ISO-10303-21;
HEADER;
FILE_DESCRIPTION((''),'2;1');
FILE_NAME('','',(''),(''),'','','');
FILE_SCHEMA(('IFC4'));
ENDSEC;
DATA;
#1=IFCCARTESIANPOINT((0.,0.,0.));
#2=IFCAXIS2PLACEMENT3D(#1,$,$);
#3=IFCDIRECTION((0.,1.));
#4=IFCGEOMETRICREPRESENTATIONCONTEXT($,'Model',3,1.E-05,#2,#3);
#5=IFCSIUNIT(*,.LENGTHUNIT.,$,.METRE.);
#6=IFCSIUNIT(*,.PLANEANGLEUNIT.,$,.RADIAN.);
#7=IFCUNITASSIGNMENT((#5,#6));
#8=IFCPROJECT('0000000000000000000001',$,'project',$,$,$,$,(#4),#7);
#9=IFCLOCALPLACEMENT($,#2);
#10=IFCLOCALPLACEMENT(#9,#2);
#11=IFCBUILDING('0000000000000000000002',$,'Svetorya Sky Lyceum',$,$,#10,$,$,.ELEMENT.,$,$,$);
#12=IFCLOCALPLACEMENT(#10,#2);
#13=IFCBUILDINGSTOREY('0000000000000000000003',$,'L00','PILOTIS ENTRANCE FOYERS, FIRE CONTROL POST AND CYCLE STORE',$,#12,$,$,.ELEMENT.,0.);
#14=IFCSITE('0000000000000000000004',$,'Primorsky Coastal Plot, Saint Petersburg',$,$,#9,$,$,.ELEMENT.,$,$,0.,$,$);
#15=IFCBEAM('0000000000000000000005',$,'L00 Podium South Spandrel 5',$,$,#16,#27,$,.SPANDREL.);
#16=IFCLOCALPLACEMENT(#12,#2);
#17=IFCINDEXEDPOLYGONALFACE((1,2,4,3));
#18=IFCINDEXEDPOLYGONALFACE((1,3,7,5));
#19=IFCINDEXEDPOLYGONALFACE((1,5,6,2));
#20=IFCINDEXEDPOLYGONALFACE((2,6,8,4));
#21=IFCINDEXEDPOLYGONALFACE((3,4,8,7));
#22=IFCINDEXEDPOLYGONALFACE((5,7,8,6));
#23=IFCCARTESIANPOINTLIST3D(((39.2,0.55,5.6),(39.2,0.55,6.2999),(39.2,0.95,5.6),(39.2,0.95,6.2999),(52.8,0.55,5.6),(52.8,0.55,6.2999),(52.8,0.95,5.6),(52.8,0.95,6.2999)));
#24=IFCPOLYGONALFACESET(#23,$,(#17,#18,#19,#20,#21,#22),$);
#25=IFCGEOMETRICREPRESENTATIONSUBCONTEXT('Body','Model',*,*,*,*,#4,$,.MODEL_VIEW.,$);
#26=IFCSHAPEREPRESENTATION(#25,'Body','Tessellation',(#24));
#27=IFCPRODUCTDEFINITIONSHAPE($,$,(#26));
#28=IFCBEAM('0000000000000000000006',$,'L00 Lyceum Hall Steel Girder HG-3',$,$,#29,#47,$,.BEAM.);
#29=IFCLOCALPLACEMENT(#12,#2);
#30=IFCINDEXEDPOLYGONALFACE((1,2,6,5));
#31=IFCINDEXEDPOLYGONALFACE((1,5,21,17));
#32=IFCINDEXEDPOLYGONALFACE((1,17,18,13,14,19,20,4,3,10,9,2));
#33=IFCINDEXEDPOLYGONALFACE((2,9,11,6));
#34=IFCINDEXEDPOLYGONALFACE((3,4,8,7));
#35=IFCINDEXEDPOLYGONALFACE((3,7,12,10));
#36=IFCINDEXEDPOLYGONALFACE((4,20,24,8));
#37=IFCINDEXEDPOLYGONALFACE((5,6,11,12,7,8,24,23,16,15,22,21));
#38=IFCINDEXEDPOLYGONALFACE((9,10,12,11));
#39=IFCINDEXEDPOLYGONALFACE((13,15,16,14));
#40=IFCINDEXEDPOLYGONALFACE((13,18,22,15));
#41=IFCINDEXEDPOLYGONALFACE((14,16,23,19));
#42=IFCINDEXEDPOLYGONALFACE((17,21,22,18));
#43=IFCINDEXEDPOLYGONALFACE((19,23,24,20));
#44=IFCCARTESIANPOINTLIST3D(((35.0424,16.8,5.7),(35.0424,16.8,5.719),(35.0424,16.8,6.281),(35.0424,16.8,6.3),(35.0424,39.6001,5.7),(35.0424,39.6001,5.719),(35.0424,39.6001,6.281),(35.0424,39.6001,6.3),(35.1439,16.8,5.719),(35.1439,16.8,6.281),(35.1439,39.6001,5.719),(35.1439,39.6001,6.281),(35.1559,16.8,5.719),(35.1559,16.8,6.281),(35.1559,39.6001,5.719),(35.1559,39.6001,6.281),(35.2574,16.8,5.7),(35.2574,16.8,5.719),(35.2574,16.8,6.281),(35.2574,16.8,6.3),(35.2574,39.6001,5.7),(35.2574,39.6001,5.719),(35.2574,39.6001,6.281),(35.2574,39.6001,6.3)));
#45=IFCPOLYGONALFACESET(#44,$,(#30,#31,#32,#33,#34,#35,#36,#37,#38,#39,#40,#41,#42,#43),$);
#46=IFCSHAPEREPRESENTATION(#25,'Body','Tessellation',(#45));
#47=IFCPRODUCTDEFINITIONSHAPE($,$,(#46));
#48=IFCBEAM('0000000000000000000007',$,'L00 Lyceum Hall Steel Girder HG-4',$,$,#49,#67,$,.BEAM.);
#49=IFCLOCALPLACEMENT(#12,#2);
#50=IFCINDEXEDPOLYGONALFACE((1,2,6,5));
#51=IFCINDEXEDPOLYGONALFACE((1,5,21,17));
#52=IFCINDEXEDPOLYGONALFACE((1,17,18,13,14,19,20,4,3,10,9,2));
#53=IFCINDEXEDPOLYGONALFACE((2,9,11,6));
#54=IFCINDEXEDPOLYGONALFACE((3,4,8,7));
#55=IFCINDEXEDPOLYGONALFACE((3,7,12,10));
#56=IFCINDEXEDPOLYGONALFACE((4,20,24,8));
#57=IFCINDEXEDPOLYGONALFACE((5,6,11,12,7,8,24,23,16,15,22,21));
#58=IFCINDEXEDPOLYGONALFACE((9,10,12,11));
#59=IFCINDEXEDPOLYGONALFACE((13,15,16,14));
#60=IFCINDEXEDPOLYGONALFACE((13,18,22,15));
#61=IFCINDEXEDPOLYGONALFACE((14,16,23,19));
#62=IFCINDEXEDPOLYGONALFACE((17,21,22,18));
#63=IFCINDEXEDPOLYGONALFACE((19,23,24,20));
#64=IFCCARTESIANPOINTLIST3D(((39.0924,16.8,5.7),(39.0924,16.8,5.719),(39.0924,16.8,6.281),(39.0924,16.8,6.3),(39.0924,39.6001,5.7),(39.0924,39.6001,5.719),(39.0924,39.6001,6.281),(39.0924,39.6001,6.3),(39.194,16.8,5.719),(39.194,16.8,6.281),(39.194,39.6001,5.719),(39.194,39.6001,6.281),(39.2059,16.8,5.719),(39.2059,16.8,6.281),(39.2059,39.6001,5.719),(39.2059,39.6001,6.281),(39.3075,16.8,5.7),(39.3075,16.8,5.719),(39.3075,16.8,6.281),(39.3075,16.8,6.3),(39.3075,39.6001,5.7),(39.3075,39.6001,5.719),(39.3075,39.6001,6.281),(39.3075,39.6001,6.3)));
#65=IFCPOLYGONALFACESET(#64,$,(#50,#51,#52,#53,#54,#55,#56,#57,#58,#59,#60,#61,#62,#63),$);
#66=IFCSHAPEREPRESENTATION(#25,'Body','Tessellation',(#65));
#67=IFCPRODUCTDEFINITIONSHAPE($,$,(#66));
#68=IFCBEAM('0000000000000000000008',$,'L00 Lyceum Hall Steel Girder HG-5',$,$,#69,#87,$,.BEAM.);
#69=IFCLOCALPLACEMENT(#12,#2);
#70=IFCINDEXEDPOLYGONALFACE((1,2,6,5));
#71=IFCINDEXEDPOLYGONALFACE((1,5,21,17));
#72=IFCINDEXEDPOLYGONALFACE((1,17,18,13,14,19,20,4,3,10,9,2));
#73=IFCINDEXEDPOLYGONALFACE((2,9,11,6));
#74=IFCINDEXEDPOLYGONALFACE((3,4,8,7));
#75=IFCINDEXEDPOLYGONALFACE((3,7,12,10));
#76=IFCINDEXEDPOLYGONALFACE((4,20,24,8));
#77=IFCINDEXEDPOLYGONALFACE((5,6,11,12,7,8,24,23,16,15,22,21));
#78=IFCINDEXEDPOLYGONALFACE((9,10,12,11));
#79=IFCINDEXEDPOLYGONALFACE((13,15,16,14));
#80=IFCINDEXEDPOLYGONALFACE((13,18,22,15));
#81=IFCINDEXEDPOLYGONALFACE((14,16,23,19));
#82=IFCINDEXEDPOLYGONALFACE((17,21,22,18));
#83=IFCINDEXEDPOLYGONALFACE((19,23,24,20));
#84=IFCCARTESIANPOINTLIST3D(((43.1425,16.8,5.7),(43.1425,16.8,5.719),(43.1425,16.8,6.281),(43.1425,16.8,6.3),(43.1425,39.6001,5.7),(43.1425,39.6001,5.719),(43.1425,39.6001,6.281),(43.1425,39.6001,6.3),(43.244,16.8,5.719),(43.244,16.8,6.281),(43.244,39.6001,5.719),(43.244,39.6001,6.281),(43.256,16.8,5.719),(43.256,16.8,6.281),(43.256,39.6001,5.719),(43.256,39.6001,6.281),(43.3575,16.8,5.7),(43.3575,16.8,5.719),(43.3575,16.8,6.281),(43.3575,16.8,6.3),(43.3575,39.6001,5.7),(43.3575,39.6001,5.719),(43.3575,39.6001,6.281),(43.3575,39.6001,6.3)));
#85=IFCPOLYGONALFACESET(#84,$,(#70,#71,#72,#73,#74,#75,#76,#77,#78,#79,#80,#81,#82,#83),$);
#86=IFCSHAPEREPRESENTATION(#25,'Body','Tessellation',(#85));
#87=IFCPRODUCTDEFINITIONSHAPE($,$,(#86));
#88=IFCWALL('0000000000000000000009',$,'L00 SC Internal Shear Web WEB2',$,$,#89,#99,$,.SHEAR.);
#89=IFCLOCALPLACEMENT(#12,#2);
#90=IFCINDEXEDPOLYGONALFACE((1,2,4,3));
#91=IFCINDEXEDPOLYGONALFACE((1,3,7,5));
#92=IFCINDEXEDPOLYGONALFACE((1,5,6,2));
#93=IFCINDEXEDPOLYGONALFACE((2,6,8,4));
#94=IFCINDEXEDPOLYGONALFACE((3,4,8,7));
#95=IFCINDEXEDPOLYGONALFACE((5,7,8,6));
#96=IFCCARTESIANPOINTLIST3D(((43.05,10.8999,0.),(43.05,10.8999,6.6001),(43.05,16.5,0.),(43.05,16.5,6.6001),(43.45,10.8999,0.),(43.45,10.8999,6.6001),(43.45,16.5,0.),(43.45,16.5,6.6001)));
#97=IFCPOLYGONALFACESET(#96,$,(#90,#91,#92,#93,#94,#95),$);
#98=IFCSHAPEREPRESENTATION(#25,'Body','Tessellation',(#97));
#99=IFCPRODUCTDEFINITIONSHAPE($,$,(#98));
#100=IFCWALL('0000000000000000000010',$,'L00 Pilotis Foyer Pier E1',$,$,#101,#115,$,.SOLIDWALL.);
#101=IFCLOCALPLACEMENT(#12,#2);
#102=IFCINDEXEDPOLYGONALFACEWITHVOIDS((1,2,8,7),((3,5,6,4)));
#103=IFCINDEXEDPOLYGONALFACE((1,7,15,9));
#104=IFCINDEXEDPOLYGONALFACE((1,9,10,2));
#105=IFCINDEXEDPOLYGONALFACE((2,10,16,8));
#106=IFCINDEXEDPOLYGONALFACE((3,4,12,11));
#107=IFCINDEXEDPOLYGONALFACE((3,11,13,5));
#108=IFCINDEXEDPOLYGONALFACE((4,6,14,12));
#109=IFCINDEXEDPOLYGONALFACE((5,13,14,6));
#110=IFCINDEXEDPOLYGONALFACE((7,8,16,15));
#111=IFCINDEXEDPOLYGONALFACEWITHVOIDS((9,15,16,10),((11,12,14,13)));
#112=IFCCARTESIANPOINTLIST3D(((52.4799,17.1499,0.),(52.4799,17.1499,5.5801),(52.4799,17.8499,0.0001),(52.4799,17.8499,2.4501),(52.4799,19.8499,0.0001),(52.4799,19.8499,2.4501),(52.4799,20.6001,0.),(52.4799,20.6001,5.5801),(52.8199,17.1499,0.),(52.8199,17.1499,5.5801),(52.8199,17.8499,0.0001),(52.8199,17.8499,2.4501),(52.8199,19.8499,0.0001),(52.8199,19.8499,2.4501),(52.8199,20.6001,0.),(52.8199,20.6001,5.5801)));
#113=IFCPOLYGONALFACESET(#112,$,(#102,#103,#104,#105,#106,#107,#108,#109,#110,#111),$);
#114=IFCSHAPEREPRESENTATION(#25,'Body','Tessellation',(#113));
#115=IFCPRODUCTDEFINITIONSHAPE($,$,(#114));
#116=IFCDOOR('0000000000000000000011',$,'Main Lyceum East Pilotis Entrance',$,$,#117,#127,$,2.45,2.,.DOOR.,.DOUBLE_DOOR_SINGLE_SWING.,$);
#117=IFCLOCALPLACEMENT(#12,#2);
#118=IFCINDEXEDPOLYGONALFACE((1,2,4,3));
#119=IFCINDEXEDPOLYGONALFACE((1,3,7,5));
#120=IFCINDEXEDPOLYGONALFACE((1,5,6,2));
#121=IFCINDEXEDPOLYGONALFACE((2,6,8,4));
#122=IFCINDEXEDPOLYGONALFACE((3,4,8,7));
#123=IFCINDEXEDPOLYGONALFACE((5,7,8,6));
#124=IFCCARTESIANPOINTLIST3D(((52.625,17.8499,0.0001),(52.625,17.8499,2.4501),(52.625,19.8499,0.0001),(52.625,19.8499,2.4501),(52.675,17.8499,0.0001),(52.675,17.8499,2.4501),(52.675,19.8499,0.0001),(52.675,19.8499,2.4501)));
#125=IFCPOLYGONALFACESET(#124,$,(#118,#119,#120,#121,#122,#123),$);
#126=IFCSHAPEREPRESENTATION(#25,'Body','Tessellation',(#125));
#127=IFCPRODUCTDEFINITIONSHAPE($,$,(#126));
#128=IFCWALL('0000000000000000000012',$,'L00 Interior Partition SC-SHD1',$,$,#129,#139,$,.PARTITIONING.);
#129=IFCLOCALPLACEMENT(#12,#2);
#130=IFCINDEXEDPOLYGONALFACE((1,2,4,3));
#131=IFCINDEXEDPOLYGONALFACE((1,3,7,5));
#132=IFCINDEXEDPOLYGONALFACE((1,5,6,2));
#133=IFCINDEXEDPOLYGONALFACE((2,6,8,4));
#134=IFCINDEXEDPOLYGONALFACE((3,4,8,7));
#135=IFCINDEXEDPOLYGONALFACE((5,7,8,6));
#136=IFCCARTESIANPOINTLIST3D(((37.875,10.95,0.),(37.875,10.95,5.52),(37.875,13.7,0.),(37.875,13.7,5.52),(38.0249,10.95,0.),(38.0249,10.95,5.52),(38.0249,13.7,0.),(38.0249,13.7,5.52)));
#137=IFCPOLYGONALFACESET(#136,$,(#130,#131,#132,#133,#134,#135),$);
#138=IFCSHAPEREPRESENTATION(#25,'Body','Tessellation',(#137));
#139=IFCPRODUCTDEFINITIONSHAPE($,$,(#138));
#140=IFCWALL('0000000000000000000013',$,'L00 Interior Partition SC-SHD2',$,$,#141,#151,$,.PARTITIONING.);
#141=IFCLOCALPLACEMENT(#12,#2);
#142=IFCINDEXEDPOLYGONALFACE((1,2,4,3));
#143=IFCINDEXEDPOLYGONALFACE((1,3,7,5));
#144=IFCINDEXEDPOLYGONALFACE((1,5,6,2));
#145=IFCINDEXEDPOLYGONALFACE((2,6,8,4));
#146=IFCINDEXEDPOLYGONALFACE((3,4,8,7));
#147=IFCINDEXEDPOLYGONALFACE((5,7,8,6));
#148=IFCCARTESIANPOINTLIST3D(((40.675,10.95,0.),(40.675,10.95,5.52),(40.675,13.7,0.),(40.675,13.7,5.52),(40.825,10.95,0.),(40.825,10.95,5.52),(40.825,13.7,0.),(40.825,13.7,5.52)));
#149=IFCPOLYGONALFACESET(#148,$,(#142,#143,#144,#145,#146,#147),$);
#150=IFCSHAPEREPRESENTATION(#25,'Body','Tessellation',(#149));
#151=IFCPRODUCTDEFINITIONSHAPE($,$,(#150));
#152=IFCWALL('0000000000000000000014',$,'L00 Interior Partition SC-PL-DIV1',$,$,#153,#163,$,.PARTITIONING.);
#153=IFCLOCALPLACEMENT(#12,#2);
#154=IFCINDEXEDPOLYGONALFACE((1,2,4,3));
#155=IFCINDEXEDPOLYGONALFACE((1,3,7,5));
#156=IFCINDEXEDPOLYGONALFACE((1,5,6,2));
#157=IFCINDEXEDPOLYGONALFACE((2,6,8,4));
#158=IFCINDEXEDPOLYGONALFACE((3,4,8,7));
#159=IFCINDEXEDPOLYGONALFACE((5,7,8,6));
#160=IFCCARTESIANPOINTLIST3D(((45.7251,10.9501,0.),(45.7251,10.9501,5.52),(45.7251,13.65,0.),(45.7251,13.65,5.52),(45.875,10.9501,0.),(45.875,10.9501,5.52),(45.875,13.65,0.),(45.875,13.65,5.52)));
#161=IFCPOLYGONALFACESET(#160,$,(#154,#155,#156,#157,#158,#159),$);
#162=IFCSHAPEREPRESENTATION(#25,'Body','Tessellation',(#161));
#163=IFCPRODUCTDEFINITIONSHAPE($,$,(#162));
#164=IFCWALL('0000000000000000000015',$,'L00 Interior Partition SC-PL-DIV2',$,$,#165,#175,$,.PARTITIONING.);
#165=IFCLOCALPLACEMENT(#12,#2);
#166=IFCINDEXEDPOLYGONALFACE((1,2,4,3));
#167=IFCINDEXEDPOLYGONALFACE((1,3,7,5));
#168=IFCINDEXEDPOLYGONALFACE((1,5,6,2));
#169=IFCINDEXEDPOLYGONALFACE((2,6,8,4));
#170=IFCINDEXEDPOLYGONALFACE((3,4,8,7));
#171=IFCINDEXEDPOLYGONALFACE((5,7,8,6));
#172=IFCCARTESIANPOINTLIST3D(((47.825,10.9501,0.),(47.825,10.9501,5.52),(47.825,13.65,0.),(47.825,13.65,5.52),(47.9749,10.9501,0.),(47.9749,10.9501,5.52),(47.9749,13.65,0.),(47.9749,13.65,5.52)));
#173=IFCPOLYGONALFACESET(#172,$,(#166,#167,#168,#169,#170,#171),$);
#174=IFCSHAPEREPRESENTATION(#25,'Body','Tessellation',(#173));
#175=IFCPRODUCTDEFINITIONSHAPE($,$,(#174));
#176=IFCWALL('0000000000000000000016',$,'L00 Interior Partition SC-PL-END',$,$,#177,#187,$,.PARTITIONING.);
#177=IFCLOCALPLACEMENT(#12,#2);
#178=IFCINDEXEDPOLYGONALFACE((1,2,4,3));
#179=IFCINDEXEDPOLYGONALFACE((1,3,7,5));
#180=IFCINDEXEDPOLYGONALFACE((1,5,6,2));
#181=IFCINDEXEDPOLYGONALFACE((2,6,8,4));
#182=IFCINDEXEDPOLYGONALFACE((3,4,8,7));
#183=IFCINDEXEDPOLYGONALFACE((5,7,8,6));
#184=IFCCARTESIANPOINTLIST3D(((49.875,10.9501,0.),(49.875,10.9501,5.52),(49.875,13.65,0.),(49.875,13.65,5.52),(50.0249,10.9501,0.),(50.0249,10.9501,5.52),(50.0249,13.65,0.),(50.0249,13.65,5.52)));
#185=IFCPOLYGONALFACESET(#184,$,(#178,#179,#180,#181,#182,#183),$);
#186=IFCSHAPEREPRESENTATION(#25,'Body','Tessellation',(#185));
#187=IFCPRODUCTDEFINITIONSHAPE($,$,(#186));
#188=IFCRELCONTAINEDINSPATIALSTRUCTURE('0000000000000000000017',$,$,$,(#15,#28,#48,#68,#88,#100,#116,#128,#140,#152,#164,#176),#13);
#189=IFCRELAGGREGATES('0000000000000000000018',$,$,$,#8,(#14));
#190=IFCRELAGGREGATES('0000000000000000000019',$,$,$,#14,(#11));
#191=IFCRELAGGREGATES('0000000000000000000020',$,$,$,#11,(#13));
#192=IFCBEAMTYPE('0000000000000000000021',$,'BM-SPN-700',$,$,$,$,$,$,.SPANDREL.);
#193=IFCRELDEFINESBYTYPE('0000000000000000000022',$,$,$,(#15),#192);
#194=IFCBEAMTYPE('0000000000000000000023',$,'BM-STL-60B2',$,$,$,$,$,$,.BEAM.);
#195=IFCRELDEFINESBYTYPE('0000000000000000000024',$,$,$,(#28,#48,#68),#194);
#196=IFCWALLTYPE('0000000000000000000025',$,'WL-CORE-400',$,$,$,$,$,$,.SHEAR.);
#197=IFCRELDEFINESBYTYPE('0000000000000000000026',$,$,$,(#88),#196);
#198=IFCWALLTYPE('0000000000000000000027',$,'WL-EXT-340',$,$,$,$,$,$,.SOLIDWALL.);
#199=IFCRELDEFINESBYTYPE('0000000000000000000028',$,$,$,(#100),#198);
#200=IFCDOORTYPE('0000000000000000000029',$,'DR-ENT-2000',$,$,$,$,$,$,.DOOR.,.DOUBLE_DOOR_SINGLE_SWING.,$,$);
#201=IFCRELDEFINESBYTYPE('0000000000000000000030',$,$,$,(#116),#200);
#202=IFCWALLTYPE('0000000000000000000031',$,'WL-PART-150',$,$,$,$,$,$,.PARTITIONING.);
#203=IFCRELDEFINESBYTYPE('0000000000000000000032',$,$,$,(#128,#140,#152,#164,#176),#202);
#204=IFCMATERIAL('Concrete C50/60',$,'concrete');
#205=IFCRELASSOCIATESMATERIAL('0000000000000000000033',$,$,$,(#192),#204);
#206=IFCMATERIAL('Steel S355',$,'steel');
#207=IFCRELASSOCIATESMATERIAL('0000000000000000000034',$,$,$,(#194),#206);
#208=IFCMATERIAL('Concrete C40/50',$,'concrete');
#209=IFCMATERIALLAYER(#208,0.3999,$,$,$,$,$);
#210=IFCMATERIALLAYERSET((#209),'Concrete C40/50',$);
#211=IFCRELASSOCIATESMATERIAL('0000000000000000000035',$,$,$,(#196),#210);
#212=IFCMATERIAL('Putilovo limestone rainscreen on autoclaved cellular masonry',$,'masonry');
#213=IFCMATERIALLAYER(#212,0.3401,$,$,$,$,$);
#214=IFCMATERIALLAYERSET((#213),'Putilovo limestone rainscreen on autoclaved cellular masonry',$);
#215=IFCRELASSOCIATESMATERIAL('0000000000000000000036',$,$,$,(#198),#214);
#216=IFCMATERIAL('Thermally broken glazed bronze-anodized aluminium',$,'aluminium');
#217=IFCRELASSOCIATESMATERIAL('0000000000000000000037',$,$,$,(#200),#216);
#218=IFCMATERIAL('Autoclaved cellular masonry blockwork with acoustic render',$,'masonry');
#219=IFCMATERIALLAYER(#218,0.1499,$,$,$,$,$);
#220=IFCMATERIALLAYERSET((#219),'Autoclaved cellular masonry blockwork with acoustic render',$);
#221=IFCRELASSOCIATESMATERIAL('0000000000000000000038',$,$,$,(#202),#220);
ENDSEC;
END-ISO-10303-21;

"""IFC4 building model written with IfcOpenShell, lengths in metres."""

from ifc_helpers import new_model, si_unit, direction, frame, frame_2d, origin, origin_2d, place, context, subcontext, project, spatial, rectangle, i_section, extrude, material, layer, layer_set, material_profile, profile_set, type_object, element, fill, save


model = new_model("IFC4")

# Units and contexts
model_context = context("Model", 3, precision=1e-05, world=origin(), true_north=direction((0.0, 1.0)))
body_context = subcontext(model_context, "Body", "Model", "MODEL_VIEW")
ifc_project = project(units=[si_unit("LENGTHUNIT", "METRE"), si_unit("PLANEANGLEUNIT", "RADIAN")], contexts=[model_context])

# Site, building, storey
site_placement = place(None, origin())
site = spatial("IfcSite", under=ifc_project, at=site_placement, Name="Primorsky Coastal Plot, Saint Petersburg", CompositionType="ELEMENT", RefElevation=0.0)
building_placement = place(site_placement, origin())
building = spatial("IfcBuilding", under=site, at=building_placement, Name="Svetorya Sky Lyceum", CompositionType="ELEMENT")
storey_placement = place(building_placement, origin())
storey = spatial("IfcBuildingStorey", under=building, at=storey_placement, Name="L00", Description="PILOTIS ENTRANCE FOYERS, FIRE CONTROL POST AND CYCLE STORE", CompositionType="ELEMENT", Elevation=0.0)

# Beams
ifc_material_1 = material(Name="Concrete C50/60", Category="concrete")
ifc_material_profile_1 = material_profile(ifc_material_1, rectangle(XDim=0.3999, YDim=0.7, at=origin_2d()), Name="RC SPANDREL 400x700")
ifc_profile_set_1 = profile_set([ifc_material_profile_1], Name="Concrete C50/60")
beam_type_1 = type_object("IfcBeamType", Name="BM-SPN-700", PredefinedType="SPANDREL", material=ifc_profile_set_1)
beam_placement = place(storey_placement, frame((39.2, 0.75, 5.95), z_axis=(1.0, 0.0, 0.0), x_axis=(0.0, 1.0, 0.0)))
element("IfcBeam", 1, at=beam_placement, inside=storey, type_object=beam_type_1, Name="L00 Podium South Spandrel 5", PredefinedType="SPANDREL", context=body_context, shape_type="SweptSolid", body=[
    extrude(rectangle(XDim=0.3999, YDim=0.7, at=origin_2d()), origin(), (0.0, 0.0, 1.0), 13.6001),
])
ifc_material_2 = material(Name="Steel S355", Category="steel")
ifc_material_profile_2 = material_profile(ifc_material_2, i_section(OverallWidth=0.2151, OverallDepth=0.6001, WebThickness=0.012, FlangeThickness=0.019, at=origin_2d()), Name="GOST 60B2")
ifc_profile_set_2 = profile_set([ifc_material_profile_2], Name="Steel S355")
beam_type_2 = type_object("IfcBeamType", Name="BM-STL-60B2", PredefinedType="BEAM", material=ifc_profile_set_2)
for number, where, z_axis, x_axis, name in (
    (2, (35.1499, 16.8, 6.0), (0.0, 1.0, 0.0), (-1.0, 0.0, 0.0), "L00 Lyceum Hall Steel Girder HG-3"),
    (3, (39.2, 16.8, 6.0), (0.0, 1.0, 0.0), (-1.0, 0.0, 0.0), "L00 Lyceum Hall Steel Girder HG-4"),
    (4, (43.25, 16.8, 6.0), (0.0, 1.0, 0.0), (-1.0, 0.0, 0.0), "L00 Lyceum Hall Steel Girder HG-5"),
):
    element("IfcBeam", number, at=place(storey_placement, frame(where, z_axis=z_axis, x_axis=x_axis)), inside=storey, type_object=beam_type_2, Name=name, PredefinedType="BEAM", context=body_context, shape_type="SweptSolid", body=[
        extrude(i_section(OverallWidth=0.2151, OverallDepth=0.6001, WebThickness=0.012, FlangeThickness=0.019, at=origin_2d()), origin(), (0.0, 0.0, 1.0), 22.8),
    ])

# Wall
ifc_material_3 = material(Name="Concrete C40/50", Category="concrete")
ifc_layer_1 = layer(ifc_material_3, 0.3999)
ifc_layer_set_1 = layer_set([ifc_layer_1], Name="Concrete C40/50")
wall_type_1 = type_object("IfcWallType", Name="WL-CORE-400", PredefinedType="SHEAR", material=ifc_layer_set_1)
wall_1_placement = place(storey_placement, frame((43.25, 10.8999, 0.0), z_axis=(0.0, 0.0, 1.0), x_axis=(0.0, 1.0, 0.0)))
element("IfcWall", 5, at=wall_1_placement, inside=storey, type_object=wall_type_1, Name="L00 SC Internal Shear Web WEB2", PredefinedType="SHEAR", context=body_context, shape_type="SweptSolid", body=[
    extrude(rectangle(XDim=5.6001, YDim=0.3999, at=frame_2d((2.8, 0.0))), origin(), (0.0, 0.0, 1.0), 6.6001),
])

# Wall, opening, door
ifc_material_4 = material(Name="Putilovo limestone rainscreen on autoclaved cellular masonry", Category="masonry")
ifc_layer_2 = layer(ifc_material_4, 0.3401)
ifc_layer_set_2 = layer_set([ifc_layer_2], Name="Putilovo limestone rainscreen on autoclaved cellular masonry")
wall_type_2 = type_object("IfcWallType", Name="WL-EXT-340", PredefinedType="SOLIDWALL", material=ifc_layer_set_2)
wall_2_placement = place(storey_placement, frame((52.6499, 17.1499, 0.0), z_axis=(0.0, 0.0, 1.0), x_axis=(0.0, 1.0, 0.0)))
wall_2 = element("IfcWall", 6, at=wall_2_placement, inside=storey, type_object=wall_type_2, Name="L00 Pilotis Foyer Pier E1", PredefinedType="SOLIDWALL", context=body_context, shape_type="SweptSolid", body=[
    extrude(rectangle(XDim=3.4502, YDim=0.3401, at=frame_2d((1.7251, 0.0))), origin(), (0.0, 0.0, 1.0), 5.5801),
])
opening_1_placement = place(wall_2_placement, frame((0.7, 0.0, 0.0)))
opening_1 = element("IfcOpeningElement", 7, at=opening_1_placement, cuts=wall_2, PredefinedType="OPENING", context=body_context, shape_type="SweptSolid", body=[
    extrude(rectangle(XDim=2.0, YDim=2.45, at=frame_2d((1.0, 1.2251))), frame((0.0, 0.1799, 0.0), z_axis=(0.0, -1.0, 0.0), x_axis=(1.0, 0.0, 0.0)), (0.0, 0.0, 1.0), 0.3601),
])
ifc_material_5 = material(Name="Thermally broken glazed bronze-anodized aluminium", Category="aluminium")
door_type_1 = type_object("IfcDoorType", Name="DR-ENT-2000", OperationType="DOUBLE_DOOR_SINGLE_SWING", PredefinedType="DOOR", material=ifc_material_5)
door_1_placement = place(opening_1_placement, origin())
door_1 = element("IfcDoor", 8, at=door_1_placement, inside=storey, type_object=door_type_1, Name="Main Lyceum East Pilotis Entrance", OperationType="DOUBLE_DOOR_SINGLE_SWING", OverallHeight=2.45, OverallWidth=2.0, PredefinedType="DOOR", context=body_context, shape_type="SweptSolid", body=[
    extrude(rectangle(XDim=2.0, YDim=2.45, at=frame_2d((1.0, 1.2251))), frame((0.0, 0.0249, 0.0), z_axis=(0.0, -1.0, 0.0), x_axis=(1.0, 0.0, 0.0)), (0.0, 0.0, 1.0), 0.05),
])
fill(opening_1, door_1)

# Walls
ifc_material_6 = material(Name="Autoclaved cellular masonry blockwork with acoustic render", Category="masonry")
ifc_layer_3 = layer(ifc_material_6, 0.1499)
ifc_layer_set_3 = layer_set([ifc_layer_3], Name="Autoclaved cellular masonry blockwork with acoustic render")
wall_type_3 = type_object("IfcWallType", Name="WL-PART-150", PredefinedType="PARTITIONING", material=ifc_layer_set_3)
for number, where, z_axis, x_axis, name in (
    (9, (37.95, 10.95, 0.0), (0.0, 0.0, 1.0), (0.0, 1.0, 0.0), "L00 Interior Partition SC-SHD1"),
    (10, (40.75, 10.95, 0.0), (0.0, 0.0, 1.0), (0.0, 1.0, 0.0), "L00 Interior Partition SC-SHD2"),
):
    element("IfcWall", number, at=place(storey_placement, frame(where, z_axis=z_axis, x_axis=x_axis)), inside=storey, type_object=wall_type_3, Name=name, PredefinedType="PARTITIONING", context=body_context, shape_type="SweptSolid", body=[
        extrude(rectangle(XDim=2.75, YDim=0.1499, at=frame_2d((1.375, 0.0))), origin(), (0.0, 0.0, 1.0), 5.52),
    ])
for number, where, z_axis, x_axis, name in (
    (11, (45.8, 10.95, 0.0), (0.0, 0.0, 1.0), (0.0, 1.0, 0.0), "L00 Interior Partition SC-PL-DIV1"),
    (12, (47.8999, 10.95, 0.0), (0.0, 0.0, 1.0), (0.0, 1.0, 0.0), "L00 Interior Partition SC-PL-DIV2"),
    (13, (49.95, 10.95, 0.0), (0.0, 0.0, 1.0), (0.0, 1.0, 0.0), "L00 Interior Partition SC-PL-END"),
):
    element("IfcWall", number, at=place(storey_placement, frame(where, z_axis=z_axis, x_axis=x_axis)), inside=storey, type_object=wall_type_3, Name=name, PredefinedType="PARTITIONING", context=body_context, shape_type="SweptSolid", body=[
        extrude(rectangle(XDim=2.7, YDim=0.1499, at=frame_2d((1.3501, 0.0))), origin(), (0.0, 0.0, 1.0), 5.52),
    ])

save(model, "model.ifc")
